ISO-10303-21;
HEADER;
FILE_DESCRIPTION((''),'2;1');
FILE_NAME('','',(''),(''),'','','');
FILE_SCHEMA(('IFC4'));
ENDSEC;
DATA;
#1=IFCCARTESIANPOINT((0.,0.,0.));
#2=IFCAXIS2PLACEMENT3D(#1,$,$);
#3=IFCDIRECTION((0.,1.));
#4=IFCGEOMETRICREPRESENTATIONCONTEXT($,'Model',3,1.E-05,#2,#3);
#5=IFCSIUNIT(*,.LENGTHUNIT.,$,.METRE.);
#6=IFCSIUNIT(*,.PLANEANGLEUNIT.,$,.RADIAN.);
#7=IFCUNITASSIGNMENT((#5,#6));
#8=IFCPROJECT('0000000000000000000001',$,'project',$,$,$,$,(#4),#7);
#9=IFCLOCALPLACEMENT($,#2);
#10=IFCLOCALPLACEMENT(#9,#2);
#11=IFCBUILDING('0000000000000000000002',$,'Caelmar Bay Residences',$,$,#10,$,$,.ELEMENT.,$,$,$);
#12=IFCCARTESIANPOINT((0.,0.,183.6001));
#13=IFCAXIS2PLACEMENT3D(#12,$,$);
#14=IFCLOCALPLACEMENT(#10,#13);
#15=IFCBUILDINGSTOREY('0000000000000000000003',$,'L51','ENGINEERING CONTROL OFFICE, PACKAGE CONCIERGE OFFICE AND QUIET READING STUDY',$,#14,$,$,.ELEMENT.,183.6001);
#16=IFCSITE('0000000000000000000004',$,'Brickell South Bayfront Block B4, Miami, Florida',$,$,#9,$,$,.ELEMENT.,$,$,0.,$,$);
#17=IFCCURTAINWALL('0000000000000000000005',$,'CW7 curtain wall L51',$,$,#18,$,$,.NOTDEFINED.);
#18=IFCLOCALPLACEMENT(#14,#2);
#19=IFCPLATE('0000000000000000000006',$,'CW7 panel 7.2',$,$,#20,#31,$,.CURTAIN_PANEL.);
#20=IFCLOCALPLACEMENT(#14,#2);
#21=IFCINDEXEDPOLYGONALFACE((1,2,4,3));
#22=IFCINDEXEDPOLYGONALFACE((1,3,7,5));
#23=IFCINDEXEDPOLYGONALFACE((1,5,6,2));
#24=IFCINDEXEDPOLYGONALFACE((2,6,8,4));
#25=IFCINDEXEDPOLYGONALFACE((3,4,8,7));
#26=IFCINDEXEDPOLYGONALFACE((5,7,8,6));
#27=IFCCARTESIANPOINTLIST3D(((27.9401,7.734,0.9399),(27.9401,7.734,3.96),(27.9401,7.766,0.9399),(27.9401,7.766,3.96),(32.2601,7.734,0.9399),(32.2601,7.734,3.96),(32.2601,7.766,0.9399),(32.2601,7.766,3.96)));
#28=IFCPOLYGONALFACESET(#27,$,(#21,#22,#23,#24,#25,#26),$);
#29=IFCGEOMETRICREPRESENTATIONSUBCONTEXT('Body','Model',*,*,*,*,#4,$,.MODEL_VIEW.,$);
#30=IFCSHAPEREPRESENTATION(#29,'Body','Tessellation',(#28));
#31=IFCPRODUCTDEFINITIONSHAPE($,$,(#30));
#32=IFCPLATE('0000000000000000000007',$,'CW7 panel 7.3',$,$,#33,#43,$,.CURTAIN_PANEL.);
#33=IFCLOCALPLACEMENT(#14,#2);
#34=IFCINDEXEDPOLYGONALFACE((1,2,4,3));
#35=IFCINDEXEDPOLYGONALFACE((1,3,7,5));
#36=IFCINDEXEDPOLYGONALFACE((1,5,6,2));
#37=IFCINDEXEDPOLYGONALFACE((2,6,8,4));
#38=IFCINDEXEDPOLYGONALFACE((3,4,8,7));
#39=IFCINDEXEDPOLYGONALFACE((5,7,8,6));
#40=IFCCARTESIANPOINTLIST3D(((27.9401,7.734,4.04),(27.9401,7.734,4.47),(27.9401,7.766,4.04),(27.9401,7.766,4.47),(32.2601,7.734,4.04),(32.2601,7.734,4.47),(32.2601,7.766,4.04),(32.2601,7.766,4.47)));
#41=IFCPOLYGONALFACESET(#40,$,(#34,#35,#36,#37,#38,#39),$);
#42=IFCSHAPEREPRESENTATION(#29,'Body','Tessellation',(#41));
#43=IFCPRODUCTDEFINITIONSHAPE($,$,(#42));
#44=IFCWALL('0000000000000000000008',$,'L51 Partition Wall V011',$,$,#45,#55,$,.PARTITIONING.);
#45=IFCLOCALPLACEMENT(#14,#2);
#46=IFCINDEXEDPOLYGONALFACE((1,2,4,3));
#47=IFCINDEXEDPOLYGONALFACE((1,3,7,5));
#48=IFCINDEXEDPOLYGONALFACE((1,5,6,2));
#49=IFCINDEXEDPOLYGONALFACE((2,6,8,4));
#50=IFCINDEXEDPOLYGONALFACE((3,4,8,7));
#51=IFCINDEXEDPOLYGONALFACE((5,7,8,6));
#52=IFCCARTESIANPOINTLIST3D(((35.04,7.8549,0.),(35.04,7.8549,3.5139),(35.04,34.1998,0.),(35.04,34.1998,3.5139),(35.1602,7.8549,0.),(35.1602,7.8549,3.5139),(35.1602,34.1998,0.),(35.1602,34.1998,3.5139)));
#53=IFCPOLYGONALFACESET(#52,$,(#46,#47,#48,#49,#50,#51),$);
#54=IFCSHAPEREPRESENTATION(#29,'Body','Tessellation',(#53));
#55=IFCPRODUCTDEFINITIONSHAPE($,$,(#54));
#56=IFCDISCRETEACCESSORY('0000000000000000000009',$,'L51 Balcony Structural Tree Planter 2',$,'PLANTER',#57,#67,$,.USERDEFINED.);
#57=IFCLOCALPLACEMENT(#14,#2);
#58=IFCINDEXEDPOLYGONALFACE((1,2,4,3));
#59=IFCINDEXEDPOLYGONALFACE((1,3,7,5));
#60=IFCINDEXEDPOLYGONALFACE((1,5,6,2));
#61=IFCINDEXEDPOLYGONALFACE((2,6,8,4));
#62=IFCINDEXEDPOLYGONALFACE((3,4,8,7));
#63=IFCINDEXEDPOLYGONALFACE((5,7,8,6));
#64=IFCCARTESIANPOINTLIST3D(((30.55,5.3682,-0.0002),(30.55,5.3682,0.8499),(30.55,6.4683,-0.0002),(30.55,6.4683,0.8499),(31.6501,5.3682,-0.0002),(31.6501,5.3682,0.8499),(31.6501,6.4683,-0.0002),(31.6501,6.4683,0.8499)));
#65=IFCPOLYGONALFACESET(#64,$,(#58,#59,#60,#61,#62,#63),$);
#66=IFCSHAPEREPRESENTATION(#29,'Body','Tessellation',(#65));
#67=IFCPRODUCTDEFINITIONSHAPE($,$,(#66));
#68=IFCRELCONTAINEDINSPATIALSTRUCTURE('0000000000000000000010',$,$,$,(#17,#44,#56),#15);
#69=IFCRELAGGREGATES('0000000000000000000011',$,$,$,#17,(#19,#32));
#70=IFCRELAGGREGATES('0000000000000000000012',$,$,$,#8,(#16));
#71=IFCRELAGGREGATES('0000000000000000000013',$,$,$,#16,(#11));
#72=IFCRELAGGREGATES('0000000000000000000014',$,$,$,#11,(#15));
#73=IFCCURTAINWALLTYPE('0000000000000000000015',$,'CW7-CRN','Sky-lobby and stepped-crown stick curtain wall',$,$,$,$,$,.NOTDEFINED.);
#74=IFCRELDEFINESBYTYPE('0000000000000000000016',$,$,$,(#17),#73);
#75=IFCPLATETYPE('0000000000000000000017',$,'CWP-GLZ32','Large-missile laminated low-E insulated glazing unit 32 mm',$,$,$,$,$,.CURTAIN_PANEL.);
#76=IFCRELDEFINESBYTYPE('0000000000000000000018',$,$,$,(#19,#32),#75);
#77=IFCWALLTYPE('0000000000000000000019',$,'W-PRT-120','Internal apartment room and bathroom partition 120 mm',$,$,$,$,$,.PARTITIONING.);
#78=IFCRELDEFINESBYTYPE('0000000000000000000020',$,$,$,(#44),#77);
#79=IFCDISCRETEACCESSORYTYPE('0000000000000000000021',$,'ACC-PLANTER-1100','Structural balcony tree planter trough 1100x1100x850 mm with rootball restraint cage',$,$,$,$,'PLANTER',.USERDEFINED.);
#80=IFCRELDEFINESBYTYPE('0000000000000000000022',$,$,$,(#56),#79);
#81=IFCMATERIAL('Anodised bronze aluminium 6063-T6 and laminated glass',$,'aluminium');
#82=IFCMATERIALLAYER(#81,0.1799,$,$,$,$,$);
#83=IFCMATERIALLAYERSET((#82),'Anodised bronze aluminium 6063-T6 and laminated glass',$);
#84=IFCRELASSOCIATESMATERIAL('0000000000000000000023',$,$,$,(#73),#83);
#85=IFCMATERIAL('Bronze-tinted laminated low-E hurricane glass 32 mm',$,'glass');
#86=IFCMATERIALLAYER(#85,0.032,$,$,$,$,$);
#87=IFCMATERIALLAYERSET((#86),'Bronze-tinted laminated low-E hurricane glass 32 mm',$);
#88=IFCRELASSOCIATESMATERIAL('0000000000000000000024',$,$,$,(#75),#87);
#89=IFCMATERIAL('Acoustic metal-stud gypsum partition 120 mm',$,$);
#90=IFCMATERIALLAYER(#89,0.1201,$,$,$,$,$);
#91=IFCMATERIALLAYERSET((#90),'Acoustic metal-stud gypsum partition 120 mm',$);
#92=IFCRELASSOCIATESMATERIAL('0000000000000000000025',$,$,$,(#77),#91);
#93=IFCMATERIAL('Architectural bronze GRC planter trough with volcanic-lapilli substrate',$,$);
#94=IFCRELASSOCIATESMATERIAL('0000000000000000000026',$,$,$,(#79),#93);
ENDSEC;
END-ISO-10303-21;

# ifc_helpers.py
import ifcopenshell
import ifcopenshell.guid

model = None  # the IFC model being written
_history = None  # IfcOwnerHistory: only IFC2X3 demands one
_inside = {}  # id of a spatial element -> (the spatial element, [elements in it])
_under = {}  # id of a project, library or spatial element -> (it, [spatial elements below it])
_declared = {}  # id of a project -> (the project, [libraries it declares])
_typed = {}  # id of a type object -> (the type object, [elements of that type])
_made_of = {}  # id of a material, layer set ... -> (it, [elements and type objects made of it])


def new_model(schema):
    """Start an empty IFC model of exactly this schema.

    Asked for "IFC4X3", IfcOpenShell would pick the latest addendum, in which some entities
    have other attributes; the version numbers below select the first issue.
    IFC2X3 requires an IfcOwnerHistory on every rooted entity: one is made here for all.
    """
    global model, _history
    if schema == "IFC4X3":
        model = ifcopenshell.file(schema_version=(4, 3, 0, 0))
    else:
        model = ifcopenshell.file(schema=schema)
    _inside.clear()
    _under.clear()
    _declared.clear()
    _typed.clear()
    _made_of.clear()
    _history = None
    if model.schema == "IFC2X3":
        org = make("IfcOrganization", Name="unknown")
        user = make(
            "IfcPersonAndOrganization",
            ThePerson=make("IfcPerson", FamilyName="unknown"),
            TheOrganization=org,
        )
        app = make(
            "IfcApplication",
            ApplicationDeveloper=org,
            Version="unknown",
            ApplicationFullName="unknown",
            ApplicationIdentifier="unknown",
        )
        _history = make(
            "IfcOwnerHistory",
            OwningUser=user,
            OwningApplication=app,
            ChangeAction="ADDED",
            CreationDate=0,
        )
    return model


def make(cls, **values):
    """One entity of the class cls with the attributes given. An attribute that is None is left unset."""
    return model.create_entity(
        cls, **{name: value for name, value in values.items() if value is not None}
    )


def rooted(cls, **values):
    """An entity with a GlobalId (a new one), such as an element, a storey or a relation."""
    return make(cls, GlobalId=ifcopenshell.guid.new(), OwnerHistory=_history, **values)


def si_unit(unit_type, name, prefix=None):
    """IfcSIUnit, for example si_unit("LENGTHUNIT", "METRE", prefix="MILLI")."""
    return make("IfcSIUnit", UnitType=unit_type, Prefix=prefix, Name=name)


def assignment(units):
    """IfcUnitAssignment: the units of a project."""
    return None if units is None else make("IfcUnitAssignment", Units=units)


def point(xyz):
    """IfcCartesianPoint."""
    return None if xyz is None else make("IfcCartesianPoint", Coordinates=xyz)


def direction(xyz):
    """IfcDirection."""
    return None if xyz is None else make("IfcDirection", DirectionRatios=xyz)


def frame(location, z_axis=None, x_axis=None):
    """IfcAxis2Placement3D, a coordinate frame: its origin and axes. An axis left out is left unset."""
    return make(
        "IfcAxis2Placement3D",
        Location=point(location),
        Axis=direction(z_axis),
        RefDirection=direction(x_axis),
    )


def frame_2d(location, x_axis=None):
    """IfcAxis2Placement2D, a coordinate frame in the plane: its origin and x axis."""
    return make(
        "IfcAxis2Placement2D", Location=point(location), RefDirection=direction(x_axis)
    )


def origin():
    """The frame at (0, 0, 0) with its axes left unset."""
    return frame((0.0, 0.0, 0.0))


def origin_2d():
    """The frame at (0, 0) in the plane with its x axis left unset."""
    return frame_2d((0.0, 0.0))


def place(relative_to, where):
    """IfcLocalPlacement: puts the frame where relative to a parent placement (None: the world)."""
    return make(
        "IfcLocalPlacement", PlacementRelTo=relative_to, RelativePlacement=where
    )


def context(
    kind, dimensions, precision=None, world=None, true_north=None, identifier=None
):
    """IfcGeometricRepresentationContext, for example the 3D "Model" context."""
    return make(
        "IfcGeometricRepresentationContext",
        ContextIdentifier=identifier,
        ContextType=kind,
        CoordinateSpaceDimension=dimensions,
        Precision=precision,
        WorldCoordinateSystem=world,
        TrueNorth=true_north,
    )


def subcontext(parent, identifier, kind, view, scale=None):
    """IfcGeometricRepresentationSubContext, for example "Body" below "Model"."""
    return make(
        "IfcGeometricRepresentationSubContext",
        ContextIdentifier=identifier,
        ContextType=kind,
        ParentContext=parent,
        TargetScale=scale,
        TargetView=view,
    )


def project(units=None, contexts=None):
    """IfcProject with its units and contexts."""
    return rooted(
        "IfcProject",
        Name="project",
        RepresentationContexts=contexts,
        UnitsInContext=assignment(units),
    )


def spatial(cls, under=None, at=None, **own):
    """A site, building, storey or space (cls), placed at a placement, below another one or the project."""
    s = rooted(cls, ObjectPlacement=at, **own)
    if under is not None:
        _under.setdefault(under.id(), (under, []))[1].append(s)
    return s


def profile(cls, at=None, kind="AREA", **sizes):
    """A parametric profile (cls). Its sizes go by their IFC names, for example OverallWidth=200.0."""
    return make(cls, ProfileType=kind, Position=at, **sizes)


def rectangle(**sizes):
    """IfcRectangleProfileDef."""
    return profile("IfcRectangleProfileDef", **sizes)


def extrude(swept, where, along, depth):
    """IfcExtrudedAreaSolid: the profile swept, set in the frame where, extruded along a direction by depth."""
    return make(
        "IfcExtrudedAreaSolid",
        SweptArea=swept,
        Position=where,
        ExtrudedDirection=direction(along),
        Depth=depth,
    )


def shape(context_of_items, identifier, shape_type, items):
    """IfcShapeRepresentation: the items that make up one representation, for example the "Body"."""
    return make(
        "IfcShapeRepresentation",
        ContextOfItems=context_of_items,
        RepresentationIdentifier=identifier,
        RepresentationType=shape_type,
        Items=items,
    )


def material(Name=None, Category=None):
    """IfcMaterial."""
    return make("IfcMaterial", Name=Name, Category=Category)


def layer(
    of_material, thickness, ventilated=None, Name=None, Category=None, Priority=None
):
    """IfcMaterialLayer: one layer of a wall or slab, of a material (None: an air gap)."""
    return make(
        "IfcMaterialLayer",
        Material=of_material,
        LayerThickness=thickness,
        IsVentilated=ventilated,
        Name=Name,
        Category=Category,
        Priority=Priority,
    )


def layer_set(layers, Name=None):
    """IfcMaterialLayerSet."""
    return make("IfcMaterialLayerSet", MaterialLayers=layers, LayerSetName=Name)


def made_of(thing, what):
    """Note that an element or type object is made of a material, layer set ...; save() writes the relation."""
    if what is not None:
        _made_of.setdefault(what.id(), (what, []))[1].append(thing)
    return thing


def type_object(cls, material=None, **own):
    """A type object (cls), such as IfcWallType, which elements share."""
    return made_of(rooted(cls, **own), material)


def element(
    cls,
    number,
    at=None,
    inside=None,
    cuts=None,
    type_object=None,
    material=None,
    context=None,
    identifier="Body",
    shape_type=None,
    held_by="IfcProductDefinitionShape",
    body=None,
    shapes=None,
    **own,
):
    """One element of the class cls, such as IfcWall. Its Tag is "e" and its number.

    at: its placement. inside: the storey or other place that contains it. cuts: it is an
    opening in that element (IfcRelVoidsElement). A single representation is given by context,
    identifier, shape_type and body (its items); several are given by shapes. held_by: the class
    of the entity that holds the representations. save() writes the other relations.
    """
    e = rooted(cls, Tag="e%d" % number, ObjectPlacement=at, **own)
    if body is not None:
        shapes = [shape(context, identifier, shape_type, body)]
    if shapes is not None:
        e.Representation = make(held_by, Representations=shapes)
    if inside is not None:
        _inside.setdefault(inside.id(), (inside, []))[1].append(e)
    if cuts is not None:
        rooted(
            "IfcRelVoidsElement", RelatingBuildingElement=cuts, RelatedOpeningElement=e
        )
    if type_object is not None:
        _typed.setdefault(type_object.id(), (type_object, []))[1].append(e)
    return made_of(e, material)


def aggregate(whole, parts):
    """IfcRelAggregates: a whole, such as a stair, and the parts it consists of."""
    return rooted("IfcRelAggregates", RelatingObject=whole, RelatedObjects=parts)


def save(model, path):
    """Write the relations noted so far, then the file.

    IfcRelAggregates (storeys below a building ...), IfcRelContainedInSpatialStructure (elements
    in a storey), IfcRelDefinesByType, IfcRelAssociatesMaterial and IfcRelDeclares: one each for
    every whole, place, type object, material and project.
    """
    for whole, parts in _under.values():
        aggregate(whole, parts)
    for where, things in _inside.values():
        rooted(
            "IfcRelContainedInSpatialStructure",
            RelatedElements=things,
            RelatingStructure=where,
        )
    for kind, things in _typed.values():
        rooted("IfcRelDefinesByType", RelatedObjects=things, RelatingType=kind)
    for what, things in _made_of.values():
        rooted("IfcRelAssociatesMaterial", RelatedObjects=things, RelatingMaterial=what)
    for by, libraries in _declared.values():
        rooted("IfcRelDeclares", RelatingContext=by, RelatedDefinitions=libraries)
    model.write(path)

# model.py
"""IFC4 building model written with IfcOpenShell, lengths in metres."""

from ifc_helpers import new_model, si_unit, direction, frame, frame_2d, origin, origin_2d, place, context, subcontext, project, spatial, rectangle, extrude, material, layer, layer_set, type_object, element, aggregate, save


model = new_model("IFC4")

# Units and contexts
model_context = context("Model", 3, precision=1e-05, world=origin(), true_north=direction((0.0, 1.0)))
body_context = subcontext(model_context, "Body", "Model", "MODEL_VIEW")
ifc_project = project(units=[si_unit("LENGTHUNIT", "METRE"), si_unit("PLANEANGLEUNIT", "RADIAN")], contexts=[model_context])

# Site, building, storey
site_placement = place(None, origin())
site = spatial("IfcSite", under=ifc_project, at=site_placement, Name="Brickell South Bayfront Block B4, Miami, Florida", CompositionType="ELEMENT", RefElevation=0.0)
building_placement = place(site_placement, origin())
building = spatial("IfcBuilding", under=site, at=building_placement, Name="Caelmar Bay Residences", CompositionType="ELEMENT")
storey_placement = place(building_placement, frame((0.0, 0.0, 183.6001)))
storey = spatial("IfcBuildingStorey", under=building, at=storey_placement, Name="L51", Description="ENGINEERING CONTROL OFFICE, PACKAGE CONCIERGE OFFICE AND QUIET READING STUDY", CompositionType="ELEMENT", Elevation=183.6001)

# Curtain wall, plates
ifc_material_1 = material(Name="Anodised bronze aluminium 6063-T6 and laminated glass", Category="aluminium")
ifc_layer_1 = layer(ifc_material_1, 0.1799)
ifc_layer_set_1 = layer_set([ifc_layer_1], Name="Anodised bronze aluminium 6063-T6 and laminated glass")
curtain_wall_type = type_object("IfcCurtainWallType", Name="CW7-CRN", Description="Sky-lobby and stepped-crown stick curtain wall", PredefinedType="NOTDEFINED", material=ifc_layer_set_1)
curtain_wall_placement = place(storey_placement, origin())
curtain_wall = element("IfcCurtainWall", 1, at=curtain_wall_placement, inside=storey, type_object=curtain_wall_type, Name="CW7 curtain wall L51", PredefinedType="NOTDEFINED")
ifc_material_2 = material(Name="Bronze-tinted laminated low-E hurricane glass 32 mm", Category="glass")
ifc_layer_2 = layer(ifc_material_2, 0.032)
ifc_layer_set_2 = layer_set([ifc_layer_2], Name="Bronze-tinted laminated low-E hurricane glass 32 mm")
plate_type = type_object("IfcPlateType", Name="CWP-GLZ32", Description="Large-missile laminated low-E insulated glazing unit 32 mm", PredefinedType="CURTAIN_PANEL", material=ifc_layer_set_2)
plate_1_placement = place(storey_placement, frame((30.1001, 7.75, 0.9399), z_axis=(0.0, 0.0, 1.0), x_axis=(-1.0, 0.0, 0.0)))
plate_1 = element("IfcPlate", 2, at=plate_1_placement, type_object=plate_type, Name="CW7 panel 7.2", PredefinedType="CURTAIN_PANEL", context=body_context, shape_type="SweptSolid", body=[
    extrude(rectangle(XDim=4.3201, YDim=0.032, at=origin_2d()), origin(), (0.0, 0.0, 1.0), 3.02),
])
plate_2_placement = place(storey_placement, frame((30.1001, 7.75, 4.04), z_axis=(0.0, 0.0, 1.0), x_axis=(-1.0, 0.0, 0.0)))
plate_2 = element("IfcPlate", 3, at=plate_2_placement, type_object=plate_type, Name="CW7 panel 7.3", PredefinedType="CURTAIN_PANEL", context=body_context, shape_type="SweptSolid", body=[
    extrude(rectangle(XDim=4.3201, YDim=0.032, at=origin_2d()), origin(), (0.0, 0.0, 1.0), 0.4299),
])
aggregate(curtain_wall, [plate_1, plate_2])

# Wall
ifc_material_3 = material(Name="Acoustic metal-stud gypsum partition 120 mm")
ifc_layer_3 = layer(ifc_material_3, 0.1201)
ifc_layer_set_3 = layer_set([ifc_layer_3], Name="Acoustic metal-stud gypsum partition 120 mm")
wall_type = type_object("IfcWallType", Name="W-PRT-120", Description="Internal apartment room and bathroom partition 120 mm", PredefinedType="PARTITIONING", material=ifc_layer_set_3)
wall_placement = place(storey_placement, frame((35.1001, 7.855, 0.0), z_axis=(0.0, 0.0, 1.0), x_axis=(0.0, 1.0, 0.0)))
element("IfcWall", 4, at=wall_placement, inside=storey, type_object=wall_type, Name="L51 Partition Wall V011", PredefinedType="PARTITIONING", context=body_context, shape_type="SweptSolid", body=[
    extrude(rectangle(XDim=26.345, YDim=0.1201, at=frame_2d((13.1724, 0.0))), origin(), (0.0, 0.0, 1.0), 3.5139),
])

# Discrete accessory
ifc_material_4 = material(Name="Architectural bronze GRC planter trough with volcanic-lapilli substrate")
discrete_accessory_type = type_object("IfcDiscreteAccessoryType", Name="ACC-PLANTER-1100", Description="Structural balcony tree planter trough 1100x1100x850 mm with rootball restraint cage", ElementType="PLANTER", PredefinedType="USERDEFINED", material=ifc_material_4)
discrete_accessory_placement = place(storey_placement, frame((31.1001, 5.9182, -0.0002), z_axis=(0.0, 0.0, 1.0), x_axis=(1.0, 0.0, 0.0)))
element("IfcDiscreteAccessory", 5, at=discrete_accessory_placement, inside=storey, type_object=discrete_accessory_type, Name="L51 Balcony Structural Tree Planter 2", ObjectType="PLANTER", PredefinedType="USERDEFINED", context=body_context, shape_type="SweptSolid", body=[
    extrude(rectangle(XDim=1.1001, YDim=1.1001, at=origin_2d()), origin(), (0.0, 0.0, 1.0), 0.8501),
])

save(model, "model.ifc")
